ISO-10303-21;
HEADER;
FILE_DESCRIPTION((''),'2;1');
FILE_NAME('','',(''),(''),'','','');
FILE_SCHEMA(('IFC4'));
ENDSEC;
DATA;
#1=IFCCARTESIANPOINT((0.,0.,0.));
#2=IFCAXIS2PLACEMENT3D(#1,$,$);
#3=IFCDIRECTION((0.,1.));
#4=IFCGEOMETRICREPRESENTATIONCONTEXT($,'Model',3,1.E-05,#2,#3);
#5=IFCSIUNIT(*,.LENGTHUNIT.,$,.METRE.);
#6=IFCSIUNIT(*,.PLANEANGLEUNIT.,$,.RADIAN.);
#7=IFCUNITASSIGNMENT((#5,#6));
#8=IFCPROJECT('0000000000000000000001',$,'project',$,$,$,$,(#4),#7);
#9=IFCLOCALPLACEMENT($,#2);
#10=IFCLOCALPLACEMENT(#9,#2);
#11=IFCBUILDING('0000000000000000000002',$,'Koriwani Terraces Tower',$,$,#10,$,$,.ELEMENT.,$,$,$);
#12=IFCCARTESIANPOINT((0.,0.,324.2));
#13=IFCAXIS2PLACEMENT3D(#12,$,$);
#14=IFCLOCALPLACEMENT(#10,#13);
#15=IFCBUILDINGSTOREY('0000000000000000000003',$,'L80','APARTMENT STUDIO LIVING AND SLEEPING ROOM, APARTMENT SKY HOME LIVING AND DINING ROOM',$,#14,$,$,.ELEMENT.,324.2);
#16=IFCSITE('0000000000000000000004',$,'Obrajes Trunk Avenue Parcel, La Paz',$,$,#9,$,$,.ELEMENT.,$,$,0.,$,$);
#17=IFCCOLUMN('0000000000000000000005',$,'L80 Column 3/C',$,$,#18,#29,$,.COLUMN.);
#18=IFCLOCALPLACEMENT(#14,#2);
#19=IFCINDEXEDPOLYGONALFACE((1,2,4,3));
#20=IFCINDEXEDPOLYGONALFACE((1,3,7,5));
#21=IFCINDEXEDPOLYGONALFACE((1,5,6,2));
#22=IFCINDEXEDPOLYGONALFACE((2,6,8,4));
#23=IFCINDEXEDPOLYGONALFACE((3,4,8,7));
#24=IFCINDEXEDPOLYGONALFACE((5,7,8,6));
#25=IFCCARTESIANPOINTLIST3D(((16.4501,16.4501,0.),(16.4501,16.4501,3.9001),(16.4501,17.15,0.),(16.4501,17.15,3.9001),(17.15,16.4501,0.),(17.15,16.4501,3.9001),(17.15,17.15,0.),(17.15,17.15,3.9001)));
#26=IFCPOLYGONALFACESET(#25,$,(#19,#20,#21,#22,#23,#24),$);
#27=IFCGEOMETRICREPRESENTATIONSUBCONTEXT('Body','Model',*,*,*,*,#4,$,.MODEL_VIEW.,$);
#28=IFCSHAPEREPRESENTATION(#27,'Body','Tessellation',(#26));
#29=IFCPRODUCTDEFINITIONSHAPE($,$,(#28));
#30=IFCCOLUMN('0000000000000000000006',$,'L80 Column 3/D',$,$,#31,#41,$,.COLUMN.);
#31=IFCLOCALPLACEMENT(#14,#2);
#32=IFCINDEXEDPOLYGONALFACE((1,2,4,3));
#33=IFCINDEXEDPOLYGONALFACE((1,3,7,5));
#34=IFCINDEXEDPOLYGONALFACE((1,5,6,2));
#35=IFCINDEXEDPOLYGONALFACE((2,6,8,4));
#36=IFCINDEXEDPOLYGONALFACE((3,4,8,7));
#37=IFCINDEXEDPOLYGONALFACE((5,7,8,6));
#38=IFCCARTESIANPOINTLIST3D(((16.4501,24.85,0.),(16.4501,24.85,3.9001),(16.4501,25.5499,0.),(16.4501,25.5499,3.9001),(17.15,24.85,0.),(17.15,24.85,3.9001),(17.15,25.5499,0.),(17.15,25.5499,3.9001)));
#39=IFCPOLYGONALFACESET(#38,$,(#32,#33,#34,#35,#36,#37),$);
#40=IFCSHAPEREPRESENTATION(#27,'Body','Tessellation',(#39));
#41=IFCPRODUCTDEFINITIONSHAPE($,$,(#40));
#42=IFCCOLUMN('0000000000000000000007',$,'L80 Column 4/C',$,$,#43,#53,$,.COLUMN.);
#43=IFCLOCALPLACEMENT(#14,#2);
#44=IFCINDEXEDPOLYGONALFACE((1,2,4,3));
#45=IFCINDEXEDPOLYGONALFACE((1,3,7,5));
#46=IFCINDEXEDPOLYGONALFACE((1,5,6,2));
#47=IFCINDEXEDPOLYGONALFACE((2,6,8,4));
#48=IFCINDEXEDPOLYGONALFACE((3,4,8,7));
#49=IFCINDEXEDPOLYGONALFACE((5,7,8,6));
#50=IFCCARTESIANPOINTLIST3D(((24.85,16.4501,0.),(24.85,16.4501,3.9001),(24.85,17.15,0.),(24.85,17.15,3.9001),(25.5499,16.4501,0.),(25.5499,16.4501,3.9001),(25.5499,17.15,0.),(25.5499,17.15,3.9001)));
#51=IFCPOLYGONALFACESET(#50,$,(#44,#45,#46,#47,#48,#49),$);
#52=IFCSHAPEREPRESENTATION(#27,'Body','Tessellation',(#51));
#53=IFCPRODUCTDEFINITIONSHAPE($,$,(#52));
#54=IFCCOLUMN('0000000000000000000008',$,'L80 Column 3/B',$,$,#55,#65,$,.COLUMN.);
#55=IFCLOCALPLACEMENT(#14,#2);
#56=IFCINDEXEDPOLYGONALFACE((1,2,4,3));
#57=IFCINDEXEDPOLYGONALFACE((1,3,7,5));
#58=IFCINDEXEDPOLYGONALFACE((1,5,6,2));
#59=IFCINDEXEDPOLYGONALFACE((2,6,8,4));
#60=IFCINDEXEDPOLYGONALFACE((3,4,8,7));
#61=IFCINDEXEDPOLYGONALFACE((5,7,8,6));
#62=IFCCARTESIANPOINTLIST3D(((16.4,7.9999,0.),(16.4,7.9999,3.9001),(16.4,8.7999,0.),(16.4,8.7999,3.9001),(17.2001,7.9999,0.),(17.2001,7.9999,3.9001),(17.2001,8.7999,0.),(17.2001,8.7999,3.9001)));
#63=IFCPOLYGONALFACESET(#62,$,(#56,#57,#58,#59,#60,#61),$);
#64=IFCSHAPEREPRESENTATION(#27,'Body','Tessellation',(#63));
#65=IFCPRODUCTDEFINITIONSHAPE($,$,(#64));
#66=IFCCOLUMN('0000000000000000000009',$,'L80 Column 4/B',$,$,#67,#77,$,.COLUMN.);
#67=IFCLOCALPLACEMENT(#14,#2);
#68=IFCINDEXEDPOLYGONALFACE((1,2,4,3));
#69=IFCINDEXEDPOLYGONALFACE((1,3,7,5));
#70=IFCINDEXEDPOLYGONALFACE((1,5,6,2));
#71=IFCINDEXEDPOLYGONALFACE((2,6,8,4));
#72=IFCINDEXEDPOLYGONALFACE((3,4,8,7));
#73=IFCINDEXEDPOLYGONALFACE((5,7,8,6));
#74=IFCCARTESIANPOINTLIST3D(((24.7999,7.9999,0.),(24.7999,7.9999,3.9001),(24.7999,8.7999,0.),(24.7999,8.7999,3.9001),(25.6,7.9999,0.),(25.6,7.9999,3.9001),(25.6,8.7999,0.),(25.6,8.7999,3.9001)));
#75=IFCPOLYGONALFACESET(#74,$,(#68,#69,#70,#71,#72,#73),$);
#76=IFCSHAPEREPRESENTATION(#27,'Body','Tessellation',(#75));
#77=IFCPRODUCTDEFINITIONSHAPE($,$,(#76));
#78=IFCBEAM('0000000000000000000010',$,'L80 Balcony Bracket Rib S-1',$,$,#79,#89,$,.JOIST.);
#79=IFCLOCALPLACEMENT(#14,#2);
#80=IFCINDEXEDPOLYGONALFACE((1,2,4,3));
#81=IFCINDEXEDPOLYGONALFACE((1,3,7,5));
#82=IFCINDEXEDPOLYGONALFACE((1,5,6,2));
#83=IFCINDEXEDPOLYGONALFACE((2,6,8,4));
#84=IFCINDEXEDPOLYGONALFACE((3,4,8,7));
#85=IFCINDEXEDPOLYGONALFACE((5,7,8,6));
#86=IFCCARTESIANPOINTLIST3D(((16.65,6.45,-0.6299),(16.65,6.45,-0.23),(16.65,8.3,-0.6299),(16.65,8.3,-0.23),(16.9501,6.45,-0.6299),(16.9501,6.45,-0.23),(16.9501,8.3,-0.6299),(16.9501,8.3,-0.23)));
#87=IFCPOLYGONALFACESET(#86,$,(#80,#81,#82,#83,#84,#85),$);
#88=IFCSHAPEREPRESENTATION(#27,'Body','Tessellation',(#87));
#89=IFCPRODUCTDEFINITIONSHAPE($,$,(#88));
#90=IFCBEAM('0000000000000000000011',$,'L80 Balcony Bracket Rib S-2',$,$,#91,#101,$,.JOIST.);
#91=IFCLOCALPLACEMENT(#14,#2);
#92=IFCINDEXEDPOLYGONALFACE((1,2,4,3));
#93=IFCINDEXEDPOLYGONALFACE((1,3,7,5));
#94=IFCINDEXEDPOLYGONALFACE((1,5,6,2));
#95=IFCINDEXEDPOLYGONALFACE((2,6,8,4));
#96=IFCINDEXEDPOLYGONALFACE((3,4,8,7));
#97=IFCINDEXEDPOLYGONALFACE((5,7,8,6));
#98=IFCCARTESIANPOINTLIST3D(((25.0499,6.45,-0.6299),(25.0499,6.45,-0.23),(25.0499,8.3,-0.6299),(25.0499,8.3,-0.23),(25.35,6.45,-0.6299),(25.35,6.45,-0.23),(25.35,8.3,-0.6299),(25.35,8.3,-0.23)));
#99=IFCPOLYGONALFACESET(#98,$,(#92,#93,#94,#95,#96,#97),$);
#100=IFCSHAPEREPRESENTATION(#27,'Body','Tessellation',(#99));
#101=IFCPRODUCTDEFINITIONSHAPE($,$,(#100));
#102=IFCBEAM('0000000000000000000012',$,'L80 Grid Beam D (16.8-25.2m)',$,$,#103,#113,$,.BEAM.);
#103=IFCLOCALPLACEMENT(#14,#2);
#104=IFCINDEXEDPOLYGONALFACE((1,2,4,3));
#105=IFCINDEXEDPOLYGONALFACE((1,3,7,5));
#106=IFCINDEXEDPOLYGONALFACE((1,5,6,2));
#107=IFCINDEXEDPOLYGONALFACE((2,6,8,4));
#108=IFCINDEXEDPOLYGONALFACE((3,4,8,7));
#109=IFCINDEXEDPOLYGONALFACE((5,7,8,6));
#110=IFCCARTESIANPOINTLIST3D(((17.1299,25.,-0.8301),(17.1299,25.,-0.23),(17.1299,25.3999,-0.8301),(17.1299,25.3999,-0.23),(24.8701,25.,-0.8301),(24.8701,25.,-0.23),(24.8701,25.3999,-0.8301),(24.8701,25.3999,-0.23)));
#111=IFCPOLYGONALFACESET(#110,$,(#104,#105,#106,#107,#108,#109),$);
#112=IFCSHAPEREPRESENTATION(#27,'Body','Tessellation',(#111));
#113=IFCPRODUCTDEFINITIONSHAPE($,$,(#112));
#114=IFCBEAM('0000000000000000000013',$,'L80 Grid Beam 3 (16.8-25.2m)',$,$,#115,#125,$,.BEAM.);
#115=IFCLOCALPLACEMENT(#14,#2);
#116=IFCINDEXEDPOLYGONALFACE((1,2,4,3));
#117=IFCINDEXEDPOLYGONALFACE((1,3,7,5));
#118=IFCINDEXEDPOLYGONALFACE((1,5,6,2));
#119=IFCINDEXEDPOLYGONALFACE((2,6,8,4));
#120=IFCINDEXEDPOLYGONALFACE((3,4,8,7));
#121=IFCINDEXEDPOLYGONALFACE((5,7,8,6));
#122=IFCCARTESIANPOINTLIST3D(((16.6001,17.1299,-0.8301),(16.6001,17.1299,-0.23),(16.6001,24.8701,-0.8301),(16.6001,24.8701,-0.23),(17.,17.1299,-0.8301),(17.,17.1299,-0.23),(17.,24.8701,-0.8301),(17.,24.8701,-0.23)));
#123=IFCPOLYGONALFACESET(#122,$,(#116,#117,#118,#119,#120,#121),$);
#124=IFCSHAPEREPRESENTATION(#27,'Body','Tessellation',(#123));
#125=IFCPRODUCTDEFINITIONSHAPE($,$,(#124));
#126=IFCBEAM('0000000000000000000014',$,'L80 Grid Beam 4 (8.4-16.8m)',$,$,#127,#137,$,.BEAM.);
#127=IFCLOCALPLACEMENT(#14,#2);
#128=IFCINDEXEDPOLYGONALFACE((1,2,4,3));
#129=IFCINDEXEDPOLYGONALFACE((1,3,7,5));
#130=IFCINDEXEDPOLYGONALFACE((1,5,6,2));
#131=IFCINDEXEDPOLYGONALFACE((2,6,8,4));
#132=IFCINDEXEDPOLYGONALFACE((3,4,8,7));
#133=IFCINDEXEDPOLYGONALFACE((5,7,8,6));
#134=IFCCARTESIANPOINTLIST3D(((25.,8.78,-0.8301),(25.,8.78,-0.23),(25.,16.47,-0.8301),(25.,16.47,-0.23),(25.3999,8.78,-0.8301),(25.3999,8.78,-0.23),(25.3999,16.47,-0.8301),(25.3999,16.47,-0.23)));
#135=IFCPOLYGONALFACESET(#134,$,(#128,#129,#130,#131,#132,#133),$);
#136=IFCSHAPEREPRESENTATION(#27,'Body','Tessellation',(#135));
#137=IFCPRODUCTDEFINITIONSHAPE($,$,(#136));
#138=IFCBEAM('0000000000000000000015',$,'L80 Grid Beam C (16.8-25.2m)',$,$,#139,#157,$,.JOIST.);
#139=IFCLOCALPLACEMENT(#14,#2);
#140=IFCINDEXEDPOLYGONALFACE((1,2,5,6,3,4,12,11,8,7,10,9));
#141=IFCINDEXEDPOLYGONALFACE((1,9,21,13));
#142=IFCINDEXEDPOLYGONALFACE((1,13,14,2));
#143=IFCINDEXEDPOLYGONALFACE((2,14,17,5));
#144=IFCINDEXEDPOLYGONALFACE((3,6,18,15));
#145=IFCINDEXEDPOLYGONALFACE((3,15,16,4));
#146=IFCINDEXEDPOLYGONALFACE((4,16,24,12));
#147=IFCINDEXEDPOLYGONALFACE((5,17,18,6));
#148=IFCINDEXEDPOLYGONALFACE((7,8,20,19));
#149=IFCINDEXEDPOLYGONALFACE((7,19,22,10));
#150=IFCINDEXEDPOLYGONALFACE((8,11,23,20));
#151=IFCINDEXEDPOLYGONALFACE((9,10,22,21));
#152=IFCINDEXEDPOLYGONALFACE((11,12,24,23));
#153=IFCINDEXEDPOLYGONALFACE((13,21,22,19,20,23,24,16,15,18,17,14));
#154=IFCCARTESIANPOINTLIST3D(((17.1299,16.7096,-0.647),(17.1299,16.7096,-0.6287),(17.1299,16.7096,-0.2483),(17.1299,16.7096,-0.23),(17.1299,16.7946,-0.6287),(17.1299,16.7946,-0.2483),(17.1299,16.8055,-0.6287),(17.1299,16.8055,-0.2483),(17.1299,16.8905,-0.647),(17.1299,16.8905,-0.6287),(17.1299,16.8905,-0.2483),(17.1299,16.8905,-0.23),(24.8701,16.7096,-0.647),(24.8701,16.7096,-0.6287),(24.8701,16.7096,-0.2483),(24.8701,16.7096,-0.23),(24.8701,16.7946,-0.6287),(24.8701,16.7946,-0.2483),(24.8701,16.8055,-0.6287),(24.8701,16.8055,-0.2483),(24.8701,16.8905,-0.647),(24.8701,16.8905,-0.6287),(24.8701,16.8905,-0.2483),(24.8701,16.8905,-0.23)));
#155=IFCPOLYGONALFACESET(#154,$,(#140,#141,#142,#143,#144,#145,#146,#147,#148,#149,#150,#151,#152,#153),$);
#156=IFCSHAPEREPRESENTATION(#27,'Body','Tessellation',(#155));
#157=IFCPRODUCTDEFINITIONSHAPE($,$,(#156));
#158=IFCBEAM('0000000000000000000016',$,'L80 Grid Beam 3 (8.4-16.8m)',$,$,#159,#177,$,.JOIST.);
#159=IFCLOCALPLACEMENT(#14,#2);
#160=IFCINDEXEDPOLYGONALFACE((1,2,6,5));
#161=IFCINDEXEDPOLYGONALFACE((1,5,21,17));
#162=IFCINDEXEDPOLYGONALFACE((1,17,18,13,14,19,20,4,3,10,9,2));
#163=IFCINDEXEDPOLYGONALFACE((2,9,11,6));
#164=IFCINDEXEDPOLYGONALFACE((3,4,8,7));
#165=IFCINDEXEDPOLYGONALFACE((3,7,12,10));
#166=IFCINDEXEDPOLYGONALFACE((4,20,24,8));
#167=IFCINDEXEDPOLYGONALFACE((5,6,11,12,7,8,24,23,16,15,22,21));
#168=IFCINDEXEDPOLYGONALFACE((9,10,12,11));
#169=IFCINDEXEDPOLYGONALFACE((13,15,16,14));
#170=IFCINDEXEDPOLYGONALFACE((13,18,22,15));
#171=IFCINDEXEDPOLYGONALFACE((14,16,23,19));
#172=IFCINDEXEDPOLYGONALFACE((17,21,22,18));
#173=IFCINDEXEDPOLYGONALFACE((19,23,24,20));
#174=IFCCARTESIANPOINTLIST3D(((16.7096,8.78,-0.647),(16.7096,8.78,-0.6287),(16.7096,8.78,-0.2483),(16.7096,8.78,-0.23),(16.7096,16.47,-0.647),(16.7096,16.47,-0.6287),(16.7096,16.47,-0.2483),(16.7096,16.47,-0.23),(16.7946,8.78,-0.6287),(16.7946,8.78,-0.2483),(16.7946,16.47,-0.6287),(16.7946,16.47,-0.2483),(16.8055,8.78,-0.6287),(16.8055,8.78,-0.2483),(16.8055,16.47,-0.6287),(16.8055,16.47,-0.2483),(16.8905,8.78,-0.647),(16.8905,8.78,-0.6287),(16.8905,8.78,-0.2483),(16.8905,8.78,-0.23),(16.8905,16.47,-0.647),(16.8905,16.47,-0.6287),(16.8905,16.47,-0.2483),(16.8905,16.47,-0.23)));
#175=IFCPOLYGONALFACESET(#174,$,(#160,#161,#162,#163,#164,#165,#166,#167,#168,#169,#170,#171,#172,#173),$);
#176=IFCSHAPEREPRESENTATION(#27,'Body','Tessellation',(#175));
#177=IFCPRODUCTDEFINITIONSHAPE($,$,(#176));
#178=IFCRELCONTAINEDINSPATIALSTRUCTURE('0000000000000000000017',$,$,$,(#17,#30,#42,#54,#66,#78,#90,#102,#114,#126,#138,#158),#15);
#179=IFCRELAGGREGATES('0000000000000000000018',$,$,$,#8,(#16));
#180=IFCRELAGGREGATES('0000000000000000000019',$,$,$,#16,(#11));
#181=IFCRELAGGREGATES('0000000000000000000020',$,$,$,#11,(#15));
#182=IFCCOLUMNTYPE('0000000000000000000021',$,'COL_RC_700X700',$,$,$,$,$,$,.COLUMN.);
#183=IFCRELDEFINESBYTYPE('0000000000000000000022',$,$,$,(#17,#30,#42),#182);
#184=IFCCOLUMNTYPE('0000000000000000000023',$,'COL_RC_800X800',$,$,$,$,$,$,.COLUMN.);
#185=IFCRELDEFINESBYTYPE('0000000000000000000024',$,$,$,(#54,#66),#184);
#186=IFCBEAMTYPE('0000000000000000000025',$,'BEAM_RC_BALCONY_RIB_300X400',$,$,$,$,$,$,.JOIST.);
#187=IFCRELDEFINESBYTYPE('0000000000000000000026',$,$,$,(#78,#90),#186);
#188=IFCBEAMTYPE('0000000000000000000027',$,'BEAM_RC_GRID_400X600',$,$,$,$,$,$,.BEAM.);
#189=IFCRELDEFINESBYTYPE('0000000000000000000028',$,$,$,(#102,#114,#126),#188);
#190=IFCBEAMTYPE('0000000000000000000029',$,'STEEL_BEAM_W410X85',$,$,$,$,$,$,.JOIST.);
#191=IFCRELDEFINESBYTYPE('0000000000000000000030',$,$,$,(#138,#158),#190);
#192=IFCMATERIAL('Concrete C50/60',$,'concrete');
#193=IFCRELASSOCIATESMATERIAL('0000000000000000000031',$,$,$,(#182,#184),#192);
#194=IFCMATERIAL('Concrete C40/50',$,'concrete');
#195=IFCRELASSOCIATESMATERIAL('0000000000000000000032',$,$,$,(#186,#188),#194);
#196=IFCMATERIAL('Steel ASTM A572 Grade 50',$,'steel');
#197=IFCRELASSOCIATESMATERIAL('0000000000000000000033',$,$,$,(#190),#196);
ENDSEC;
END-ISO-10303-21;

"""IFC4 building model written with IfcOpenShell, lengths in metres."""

from ifc_helpers import new_model, si_unit, direction, frame, origin, origin_2d, place, context, subcontext, project, spatial, rectangle, i_section, extrude, material, material_profile, profile_set, type_object, element, save


model = new_model("IFC4")

# Units and contexts
model_context = context("Model", 3, precision=1e-05, world=origin(), true_north=direction((0.0, 1.0)))
body_context = subcontext(model_context, "Body", "Model", "MODEL_VIEW")
ifc_project = project(units=[si_unit("LENGTHUNIT", "METRE"), si_unit("PLANEANGLEUNIT", "RADIAN")], contexts=[model_context])

# Site, building, storey
site_placement = place(None, origin())
site = spatial("IfcSite", under=ifc_project, at=site_placement, Name="Obrajes Trunk Avenue Parcel, La Paz", CompositionType="ELEMENT", RefElevation=0.0)
building_placement = place(site_placement, origin())
building = spatial("IfcBuilding", under=site, at=building_placement, Name="Koriwani Terraces Tower", CompositionType="ELEMENT")
storey_placement = place(building_placement, frame((0.0, 0.0, 324.2)))
storey = spatial("IfcBuildingStorey", under=building, at=storey_placement, Name="L80", Description="APARTMENT STUDIO LIVING AND SLEEPING ROOM, APARTMENT SKY HOME LIVING AND DINING ROOM", CompositionType="ELEMENT", Elevation=324.2)

# Columns
ifc_material_1 = material(Name="Concrete C50/60", Category="concrete")
ifc_material_profile_1 = material_profile(ifc_material_1, rectangle(XDim=0.7, YDim=0.7, at=origin_2d()), Name="Concrete C50/60", Category="LoadBearing")
ifc_profile_set_1 = profile_set([ifc_material_profile_1], Name="Concrete C50/60")
column_type_1 = type_object("IfcColumnType", Name="COL_RC_700X700", PredefinedType="COLUMN", material=ifc_profile_set_1)
for number, where, z_axis, x_axis, name in (
    (1, (16.8, 16.8, 0.0), (0.0, 0.0, 1.0), (1.0, 0.0, 0.0), "L80 Column 3/C"),
    (2, (16.8, 25.2, 0.0), (0.0, 0.0, 1.0), (1.0, 0.0, 0.0), "L80 Column 3/D"),
    (3, (25.2, 16.8, 0.0), (0.0, 0.0, 1.0), (1.0, 0.0, 0.0), "L80 Column 4/C"),
):
    element("IfcColumn", number, at=place(storey_placement, frame(where, z_axis=z_axis, x_axis=x_axis)), inside=storey, type_object=column_type_1, Name=name, PredefinedType="COLUMN", context=body_context, shape_type="SweptSolid", body=[
        extrude(rectangle(XDim=0.7, YDim=0.7, at=origin_2d()), origin(), (0.0, 0.0, 1.0), 3.9001),
    ])
ifc_material_profile_2 = material_profile(ifc_material_1, rectangle(XDim=0.8, YDim=0.8, at=origin_2d()), Name="Concrete C50/60", Category="LoadBearing")
ifc_profile_set_2 = profile_set([ifc_material_profile_2], Name="Concrete C50/60")
column_type_2 = type_object("IfcColumnType", Name="COL_RC_800X800", PredefinedType="COLUMN", material=ifc_profile_set_2)
for number, where, z_axis, x_axis, name in (
    (4, (16.8, 8.3999, 0.0), (0.0, 0.0, 1.0), (1.0, 0.0, 0.0), "L80 Column 3/B"),
    (5, (25.2, 8.3999, 0.0), (0.0, 0.0, 1.0), (1.0, 0.0, 0.0), "L80 Column 4/B"),
):
    element("IfcColumn", number, at=place(storey_placement, frame(where, z_axis=z_axis, x_axis=x_axis)), inside=storey, type_object=column_type_2, Name=name, PredefinedType="COLUMN", context=body_context, shape_type="SweptSolid", body=[
        extrude(rectangle(XDim=0.8, YDim=0.8, at=origin_2d()), origin(), (0.0, 0.0, 1.0), 3.9001),
    ])

# Beams
ifc_material_2 = material(Name="Concrete C40/50", Category="concrete")
ifc_material_profile_3 = material_profile(ifc_material_2, rectangle(XDim=0.3, YDim=0.3999, at=origin_2d()), Name="Concrete C40/50", Category="LoadBearing")
ifc_profile_set_3 = profile_set([ifc_material_profile_3], Name="Concrete C40/50")
beam_type_1 = type_object("IfcBeamType", Name="BEAM_RC_BALCONY_RIB_300X400", PredefinedType="JOIST", material=ifc_profile_set_3)
for number, where, z_axis, x_axis, name in (
    (6, (16.8, 6.45, -0.4299), (0.0, 1.0, 0.0), (-1.0, 0.0, 0.0), "L80 Balcony Bracket Rib S-1"),
    (7, (25.2, 6.45, -0.4299), (0.0, 1.0, 0.0), (-1.0, 0.0, 0.0), "L80 Balcony Bracket Rib S-2"),
):
    element("IfcBeam", number, at=place(storey_placement, frame(where, z_axis=z_axis, x_axis=x_axis)), inside=storey, type_object=beam_type_1, Name=name, PredefinedType="JOIST", context=body_context, shape_type="SweptSolid", body=[
        extrude(rectangle(XDim=0.3, YDim=0.3999, at=origin_2d()), origin(), (0.0, 0.0, 1.0), 1.8501),
    ])
ifc_material_profile_4 = material_profile(ifc_material_2, rectangle(XDim=0.3999, YDim=0.6001, at=origin_2d()), Name="Concrete C40/50", Category="LoadBearing")
ifc_profile_set_4 = profile_set([ifc_material_profile_4], Name="Concrete C40/50")
beam_type_2 = type_object("IfcBeamType", Name="BEAM_RC_GRID_400X600", PredefinedType="BEAM", material=ifc_profile_set_4)
for number, where, z_axis, x_axis, name in (
    (8, (17.1299, 25.2, -0.53), (1.0, 0.0, 0.0), (0.0, 1.0, 0.0), "L80 Grid Beam D (16.8-25.2m)"),
    (9, (16.8, 17.1299, -0.53), (0.0, 1.0, 0.0), (-1.0, 0.0, 0.0), "L80 Grid Beam 3 (16.8-25.2m)"),
):
    element("IfcBeam", number, at=place(storey_placement, frame(where, z_axis=z_axis, x_axis=x_axis)), inside=storey, type_object=beam_type_2, Name=name, PredefinedType="BEAM", context=body_context, shape_type="SweptSolid", body=[
        extrude(rectangle(XDim=0.3999, YDim=0.6001, at=origin_2d()), origin(), (0.0, 0.0, 1.0), 7.7402),
    ])
beam_1_placement = place(storey_placement, frame((25.2, 8.78, -0.53), z_axis=(0.0, 1.0, 0.0), x_axis=(-1.0, 0.0, 0.0)))
element("IfcBeam", 10, at=beam_1_placement, inside=storey, type_object=beam_type_2, Name="L80 Grid Beam 4 (8.4-16.8m)", PredefinedType="BEAM", context=body_context, shape_type="SweptSolid", body=[
    extrude(rectangle(XDim=0.3999, YDim=0.6001, at=origin_2d()), origin(), (0.0, 0.0, 1.0), 7.6899),
])
ifc_material_3 = material(Name="Steel ASTM A572 Grade 50", Category="steel")
ifc_material_profile_5 = material_profile(ifc_material_3, i_section(OverallWidth=0.1809, OverallDepth=0.417, WebThickness=0.011, FlangeThickness=0.0183, at=origin_2d()), Name="Steel ASTM A572 Grade 50", Category="LoadBearing")
ifc_profile_set_5 = profile_set([ifc_material_profile_5], Name="Steel ASTM A572 Grade 50")
beam_type_3 = type_object("IfcBeamType", Name="STEEL_BEAM_W410X85", PredefinedType="JOIST", material=ifc_profile_set_5)
beam_2_placement = place(storey_placement, frame((17.1299, 16.8, -0.4385), z_axis=(1.0, 0.0, 0.0), x_axis=(0.0, 1.0, 0.0)))
element("IfcBeam", 11, at=beam_2_placement, inside=storey, type_object=beam_type_3, Name="L80 Grid Beam C (16.8-25.2m)", PredefinedType="JOIST", context=body_context, shape_type="SweptSolid", body=[
    extrude(i_section(OverallWidth=0.1809, OverallDepth=0.417, WebThickness=0.011, FlangeThickness=0.0183, at=origin_2d()), origin(), (0.0, 0.0, 1.0), 7.7402),
])
beam_3_placement = place(storey_placement, frame((16.8, 8.78, -0.4385), z_axis=(0.0, 1.0, 0.0), x_axis=(-1.0, 0.0, 0.0)))
element("IfcBeam", 12, at=beam_3_placement, inside=storey, type_object=beam_type_3, Name="L80 Grid Beam 3 (8.4-16.8m)", PredefinedType="JOIST", context=body_context, shape_type="SweptSolid", body=[
    extrude(i_section(OverallWidth=0.1809, OverallDepth=0.417, WebThickness=0.011, FlangeThickness=0.0183, at=origin_2d()), origin(), (0.0, 0.0, 1.0), 7.6899),
])

save(model, "model.ifc")
